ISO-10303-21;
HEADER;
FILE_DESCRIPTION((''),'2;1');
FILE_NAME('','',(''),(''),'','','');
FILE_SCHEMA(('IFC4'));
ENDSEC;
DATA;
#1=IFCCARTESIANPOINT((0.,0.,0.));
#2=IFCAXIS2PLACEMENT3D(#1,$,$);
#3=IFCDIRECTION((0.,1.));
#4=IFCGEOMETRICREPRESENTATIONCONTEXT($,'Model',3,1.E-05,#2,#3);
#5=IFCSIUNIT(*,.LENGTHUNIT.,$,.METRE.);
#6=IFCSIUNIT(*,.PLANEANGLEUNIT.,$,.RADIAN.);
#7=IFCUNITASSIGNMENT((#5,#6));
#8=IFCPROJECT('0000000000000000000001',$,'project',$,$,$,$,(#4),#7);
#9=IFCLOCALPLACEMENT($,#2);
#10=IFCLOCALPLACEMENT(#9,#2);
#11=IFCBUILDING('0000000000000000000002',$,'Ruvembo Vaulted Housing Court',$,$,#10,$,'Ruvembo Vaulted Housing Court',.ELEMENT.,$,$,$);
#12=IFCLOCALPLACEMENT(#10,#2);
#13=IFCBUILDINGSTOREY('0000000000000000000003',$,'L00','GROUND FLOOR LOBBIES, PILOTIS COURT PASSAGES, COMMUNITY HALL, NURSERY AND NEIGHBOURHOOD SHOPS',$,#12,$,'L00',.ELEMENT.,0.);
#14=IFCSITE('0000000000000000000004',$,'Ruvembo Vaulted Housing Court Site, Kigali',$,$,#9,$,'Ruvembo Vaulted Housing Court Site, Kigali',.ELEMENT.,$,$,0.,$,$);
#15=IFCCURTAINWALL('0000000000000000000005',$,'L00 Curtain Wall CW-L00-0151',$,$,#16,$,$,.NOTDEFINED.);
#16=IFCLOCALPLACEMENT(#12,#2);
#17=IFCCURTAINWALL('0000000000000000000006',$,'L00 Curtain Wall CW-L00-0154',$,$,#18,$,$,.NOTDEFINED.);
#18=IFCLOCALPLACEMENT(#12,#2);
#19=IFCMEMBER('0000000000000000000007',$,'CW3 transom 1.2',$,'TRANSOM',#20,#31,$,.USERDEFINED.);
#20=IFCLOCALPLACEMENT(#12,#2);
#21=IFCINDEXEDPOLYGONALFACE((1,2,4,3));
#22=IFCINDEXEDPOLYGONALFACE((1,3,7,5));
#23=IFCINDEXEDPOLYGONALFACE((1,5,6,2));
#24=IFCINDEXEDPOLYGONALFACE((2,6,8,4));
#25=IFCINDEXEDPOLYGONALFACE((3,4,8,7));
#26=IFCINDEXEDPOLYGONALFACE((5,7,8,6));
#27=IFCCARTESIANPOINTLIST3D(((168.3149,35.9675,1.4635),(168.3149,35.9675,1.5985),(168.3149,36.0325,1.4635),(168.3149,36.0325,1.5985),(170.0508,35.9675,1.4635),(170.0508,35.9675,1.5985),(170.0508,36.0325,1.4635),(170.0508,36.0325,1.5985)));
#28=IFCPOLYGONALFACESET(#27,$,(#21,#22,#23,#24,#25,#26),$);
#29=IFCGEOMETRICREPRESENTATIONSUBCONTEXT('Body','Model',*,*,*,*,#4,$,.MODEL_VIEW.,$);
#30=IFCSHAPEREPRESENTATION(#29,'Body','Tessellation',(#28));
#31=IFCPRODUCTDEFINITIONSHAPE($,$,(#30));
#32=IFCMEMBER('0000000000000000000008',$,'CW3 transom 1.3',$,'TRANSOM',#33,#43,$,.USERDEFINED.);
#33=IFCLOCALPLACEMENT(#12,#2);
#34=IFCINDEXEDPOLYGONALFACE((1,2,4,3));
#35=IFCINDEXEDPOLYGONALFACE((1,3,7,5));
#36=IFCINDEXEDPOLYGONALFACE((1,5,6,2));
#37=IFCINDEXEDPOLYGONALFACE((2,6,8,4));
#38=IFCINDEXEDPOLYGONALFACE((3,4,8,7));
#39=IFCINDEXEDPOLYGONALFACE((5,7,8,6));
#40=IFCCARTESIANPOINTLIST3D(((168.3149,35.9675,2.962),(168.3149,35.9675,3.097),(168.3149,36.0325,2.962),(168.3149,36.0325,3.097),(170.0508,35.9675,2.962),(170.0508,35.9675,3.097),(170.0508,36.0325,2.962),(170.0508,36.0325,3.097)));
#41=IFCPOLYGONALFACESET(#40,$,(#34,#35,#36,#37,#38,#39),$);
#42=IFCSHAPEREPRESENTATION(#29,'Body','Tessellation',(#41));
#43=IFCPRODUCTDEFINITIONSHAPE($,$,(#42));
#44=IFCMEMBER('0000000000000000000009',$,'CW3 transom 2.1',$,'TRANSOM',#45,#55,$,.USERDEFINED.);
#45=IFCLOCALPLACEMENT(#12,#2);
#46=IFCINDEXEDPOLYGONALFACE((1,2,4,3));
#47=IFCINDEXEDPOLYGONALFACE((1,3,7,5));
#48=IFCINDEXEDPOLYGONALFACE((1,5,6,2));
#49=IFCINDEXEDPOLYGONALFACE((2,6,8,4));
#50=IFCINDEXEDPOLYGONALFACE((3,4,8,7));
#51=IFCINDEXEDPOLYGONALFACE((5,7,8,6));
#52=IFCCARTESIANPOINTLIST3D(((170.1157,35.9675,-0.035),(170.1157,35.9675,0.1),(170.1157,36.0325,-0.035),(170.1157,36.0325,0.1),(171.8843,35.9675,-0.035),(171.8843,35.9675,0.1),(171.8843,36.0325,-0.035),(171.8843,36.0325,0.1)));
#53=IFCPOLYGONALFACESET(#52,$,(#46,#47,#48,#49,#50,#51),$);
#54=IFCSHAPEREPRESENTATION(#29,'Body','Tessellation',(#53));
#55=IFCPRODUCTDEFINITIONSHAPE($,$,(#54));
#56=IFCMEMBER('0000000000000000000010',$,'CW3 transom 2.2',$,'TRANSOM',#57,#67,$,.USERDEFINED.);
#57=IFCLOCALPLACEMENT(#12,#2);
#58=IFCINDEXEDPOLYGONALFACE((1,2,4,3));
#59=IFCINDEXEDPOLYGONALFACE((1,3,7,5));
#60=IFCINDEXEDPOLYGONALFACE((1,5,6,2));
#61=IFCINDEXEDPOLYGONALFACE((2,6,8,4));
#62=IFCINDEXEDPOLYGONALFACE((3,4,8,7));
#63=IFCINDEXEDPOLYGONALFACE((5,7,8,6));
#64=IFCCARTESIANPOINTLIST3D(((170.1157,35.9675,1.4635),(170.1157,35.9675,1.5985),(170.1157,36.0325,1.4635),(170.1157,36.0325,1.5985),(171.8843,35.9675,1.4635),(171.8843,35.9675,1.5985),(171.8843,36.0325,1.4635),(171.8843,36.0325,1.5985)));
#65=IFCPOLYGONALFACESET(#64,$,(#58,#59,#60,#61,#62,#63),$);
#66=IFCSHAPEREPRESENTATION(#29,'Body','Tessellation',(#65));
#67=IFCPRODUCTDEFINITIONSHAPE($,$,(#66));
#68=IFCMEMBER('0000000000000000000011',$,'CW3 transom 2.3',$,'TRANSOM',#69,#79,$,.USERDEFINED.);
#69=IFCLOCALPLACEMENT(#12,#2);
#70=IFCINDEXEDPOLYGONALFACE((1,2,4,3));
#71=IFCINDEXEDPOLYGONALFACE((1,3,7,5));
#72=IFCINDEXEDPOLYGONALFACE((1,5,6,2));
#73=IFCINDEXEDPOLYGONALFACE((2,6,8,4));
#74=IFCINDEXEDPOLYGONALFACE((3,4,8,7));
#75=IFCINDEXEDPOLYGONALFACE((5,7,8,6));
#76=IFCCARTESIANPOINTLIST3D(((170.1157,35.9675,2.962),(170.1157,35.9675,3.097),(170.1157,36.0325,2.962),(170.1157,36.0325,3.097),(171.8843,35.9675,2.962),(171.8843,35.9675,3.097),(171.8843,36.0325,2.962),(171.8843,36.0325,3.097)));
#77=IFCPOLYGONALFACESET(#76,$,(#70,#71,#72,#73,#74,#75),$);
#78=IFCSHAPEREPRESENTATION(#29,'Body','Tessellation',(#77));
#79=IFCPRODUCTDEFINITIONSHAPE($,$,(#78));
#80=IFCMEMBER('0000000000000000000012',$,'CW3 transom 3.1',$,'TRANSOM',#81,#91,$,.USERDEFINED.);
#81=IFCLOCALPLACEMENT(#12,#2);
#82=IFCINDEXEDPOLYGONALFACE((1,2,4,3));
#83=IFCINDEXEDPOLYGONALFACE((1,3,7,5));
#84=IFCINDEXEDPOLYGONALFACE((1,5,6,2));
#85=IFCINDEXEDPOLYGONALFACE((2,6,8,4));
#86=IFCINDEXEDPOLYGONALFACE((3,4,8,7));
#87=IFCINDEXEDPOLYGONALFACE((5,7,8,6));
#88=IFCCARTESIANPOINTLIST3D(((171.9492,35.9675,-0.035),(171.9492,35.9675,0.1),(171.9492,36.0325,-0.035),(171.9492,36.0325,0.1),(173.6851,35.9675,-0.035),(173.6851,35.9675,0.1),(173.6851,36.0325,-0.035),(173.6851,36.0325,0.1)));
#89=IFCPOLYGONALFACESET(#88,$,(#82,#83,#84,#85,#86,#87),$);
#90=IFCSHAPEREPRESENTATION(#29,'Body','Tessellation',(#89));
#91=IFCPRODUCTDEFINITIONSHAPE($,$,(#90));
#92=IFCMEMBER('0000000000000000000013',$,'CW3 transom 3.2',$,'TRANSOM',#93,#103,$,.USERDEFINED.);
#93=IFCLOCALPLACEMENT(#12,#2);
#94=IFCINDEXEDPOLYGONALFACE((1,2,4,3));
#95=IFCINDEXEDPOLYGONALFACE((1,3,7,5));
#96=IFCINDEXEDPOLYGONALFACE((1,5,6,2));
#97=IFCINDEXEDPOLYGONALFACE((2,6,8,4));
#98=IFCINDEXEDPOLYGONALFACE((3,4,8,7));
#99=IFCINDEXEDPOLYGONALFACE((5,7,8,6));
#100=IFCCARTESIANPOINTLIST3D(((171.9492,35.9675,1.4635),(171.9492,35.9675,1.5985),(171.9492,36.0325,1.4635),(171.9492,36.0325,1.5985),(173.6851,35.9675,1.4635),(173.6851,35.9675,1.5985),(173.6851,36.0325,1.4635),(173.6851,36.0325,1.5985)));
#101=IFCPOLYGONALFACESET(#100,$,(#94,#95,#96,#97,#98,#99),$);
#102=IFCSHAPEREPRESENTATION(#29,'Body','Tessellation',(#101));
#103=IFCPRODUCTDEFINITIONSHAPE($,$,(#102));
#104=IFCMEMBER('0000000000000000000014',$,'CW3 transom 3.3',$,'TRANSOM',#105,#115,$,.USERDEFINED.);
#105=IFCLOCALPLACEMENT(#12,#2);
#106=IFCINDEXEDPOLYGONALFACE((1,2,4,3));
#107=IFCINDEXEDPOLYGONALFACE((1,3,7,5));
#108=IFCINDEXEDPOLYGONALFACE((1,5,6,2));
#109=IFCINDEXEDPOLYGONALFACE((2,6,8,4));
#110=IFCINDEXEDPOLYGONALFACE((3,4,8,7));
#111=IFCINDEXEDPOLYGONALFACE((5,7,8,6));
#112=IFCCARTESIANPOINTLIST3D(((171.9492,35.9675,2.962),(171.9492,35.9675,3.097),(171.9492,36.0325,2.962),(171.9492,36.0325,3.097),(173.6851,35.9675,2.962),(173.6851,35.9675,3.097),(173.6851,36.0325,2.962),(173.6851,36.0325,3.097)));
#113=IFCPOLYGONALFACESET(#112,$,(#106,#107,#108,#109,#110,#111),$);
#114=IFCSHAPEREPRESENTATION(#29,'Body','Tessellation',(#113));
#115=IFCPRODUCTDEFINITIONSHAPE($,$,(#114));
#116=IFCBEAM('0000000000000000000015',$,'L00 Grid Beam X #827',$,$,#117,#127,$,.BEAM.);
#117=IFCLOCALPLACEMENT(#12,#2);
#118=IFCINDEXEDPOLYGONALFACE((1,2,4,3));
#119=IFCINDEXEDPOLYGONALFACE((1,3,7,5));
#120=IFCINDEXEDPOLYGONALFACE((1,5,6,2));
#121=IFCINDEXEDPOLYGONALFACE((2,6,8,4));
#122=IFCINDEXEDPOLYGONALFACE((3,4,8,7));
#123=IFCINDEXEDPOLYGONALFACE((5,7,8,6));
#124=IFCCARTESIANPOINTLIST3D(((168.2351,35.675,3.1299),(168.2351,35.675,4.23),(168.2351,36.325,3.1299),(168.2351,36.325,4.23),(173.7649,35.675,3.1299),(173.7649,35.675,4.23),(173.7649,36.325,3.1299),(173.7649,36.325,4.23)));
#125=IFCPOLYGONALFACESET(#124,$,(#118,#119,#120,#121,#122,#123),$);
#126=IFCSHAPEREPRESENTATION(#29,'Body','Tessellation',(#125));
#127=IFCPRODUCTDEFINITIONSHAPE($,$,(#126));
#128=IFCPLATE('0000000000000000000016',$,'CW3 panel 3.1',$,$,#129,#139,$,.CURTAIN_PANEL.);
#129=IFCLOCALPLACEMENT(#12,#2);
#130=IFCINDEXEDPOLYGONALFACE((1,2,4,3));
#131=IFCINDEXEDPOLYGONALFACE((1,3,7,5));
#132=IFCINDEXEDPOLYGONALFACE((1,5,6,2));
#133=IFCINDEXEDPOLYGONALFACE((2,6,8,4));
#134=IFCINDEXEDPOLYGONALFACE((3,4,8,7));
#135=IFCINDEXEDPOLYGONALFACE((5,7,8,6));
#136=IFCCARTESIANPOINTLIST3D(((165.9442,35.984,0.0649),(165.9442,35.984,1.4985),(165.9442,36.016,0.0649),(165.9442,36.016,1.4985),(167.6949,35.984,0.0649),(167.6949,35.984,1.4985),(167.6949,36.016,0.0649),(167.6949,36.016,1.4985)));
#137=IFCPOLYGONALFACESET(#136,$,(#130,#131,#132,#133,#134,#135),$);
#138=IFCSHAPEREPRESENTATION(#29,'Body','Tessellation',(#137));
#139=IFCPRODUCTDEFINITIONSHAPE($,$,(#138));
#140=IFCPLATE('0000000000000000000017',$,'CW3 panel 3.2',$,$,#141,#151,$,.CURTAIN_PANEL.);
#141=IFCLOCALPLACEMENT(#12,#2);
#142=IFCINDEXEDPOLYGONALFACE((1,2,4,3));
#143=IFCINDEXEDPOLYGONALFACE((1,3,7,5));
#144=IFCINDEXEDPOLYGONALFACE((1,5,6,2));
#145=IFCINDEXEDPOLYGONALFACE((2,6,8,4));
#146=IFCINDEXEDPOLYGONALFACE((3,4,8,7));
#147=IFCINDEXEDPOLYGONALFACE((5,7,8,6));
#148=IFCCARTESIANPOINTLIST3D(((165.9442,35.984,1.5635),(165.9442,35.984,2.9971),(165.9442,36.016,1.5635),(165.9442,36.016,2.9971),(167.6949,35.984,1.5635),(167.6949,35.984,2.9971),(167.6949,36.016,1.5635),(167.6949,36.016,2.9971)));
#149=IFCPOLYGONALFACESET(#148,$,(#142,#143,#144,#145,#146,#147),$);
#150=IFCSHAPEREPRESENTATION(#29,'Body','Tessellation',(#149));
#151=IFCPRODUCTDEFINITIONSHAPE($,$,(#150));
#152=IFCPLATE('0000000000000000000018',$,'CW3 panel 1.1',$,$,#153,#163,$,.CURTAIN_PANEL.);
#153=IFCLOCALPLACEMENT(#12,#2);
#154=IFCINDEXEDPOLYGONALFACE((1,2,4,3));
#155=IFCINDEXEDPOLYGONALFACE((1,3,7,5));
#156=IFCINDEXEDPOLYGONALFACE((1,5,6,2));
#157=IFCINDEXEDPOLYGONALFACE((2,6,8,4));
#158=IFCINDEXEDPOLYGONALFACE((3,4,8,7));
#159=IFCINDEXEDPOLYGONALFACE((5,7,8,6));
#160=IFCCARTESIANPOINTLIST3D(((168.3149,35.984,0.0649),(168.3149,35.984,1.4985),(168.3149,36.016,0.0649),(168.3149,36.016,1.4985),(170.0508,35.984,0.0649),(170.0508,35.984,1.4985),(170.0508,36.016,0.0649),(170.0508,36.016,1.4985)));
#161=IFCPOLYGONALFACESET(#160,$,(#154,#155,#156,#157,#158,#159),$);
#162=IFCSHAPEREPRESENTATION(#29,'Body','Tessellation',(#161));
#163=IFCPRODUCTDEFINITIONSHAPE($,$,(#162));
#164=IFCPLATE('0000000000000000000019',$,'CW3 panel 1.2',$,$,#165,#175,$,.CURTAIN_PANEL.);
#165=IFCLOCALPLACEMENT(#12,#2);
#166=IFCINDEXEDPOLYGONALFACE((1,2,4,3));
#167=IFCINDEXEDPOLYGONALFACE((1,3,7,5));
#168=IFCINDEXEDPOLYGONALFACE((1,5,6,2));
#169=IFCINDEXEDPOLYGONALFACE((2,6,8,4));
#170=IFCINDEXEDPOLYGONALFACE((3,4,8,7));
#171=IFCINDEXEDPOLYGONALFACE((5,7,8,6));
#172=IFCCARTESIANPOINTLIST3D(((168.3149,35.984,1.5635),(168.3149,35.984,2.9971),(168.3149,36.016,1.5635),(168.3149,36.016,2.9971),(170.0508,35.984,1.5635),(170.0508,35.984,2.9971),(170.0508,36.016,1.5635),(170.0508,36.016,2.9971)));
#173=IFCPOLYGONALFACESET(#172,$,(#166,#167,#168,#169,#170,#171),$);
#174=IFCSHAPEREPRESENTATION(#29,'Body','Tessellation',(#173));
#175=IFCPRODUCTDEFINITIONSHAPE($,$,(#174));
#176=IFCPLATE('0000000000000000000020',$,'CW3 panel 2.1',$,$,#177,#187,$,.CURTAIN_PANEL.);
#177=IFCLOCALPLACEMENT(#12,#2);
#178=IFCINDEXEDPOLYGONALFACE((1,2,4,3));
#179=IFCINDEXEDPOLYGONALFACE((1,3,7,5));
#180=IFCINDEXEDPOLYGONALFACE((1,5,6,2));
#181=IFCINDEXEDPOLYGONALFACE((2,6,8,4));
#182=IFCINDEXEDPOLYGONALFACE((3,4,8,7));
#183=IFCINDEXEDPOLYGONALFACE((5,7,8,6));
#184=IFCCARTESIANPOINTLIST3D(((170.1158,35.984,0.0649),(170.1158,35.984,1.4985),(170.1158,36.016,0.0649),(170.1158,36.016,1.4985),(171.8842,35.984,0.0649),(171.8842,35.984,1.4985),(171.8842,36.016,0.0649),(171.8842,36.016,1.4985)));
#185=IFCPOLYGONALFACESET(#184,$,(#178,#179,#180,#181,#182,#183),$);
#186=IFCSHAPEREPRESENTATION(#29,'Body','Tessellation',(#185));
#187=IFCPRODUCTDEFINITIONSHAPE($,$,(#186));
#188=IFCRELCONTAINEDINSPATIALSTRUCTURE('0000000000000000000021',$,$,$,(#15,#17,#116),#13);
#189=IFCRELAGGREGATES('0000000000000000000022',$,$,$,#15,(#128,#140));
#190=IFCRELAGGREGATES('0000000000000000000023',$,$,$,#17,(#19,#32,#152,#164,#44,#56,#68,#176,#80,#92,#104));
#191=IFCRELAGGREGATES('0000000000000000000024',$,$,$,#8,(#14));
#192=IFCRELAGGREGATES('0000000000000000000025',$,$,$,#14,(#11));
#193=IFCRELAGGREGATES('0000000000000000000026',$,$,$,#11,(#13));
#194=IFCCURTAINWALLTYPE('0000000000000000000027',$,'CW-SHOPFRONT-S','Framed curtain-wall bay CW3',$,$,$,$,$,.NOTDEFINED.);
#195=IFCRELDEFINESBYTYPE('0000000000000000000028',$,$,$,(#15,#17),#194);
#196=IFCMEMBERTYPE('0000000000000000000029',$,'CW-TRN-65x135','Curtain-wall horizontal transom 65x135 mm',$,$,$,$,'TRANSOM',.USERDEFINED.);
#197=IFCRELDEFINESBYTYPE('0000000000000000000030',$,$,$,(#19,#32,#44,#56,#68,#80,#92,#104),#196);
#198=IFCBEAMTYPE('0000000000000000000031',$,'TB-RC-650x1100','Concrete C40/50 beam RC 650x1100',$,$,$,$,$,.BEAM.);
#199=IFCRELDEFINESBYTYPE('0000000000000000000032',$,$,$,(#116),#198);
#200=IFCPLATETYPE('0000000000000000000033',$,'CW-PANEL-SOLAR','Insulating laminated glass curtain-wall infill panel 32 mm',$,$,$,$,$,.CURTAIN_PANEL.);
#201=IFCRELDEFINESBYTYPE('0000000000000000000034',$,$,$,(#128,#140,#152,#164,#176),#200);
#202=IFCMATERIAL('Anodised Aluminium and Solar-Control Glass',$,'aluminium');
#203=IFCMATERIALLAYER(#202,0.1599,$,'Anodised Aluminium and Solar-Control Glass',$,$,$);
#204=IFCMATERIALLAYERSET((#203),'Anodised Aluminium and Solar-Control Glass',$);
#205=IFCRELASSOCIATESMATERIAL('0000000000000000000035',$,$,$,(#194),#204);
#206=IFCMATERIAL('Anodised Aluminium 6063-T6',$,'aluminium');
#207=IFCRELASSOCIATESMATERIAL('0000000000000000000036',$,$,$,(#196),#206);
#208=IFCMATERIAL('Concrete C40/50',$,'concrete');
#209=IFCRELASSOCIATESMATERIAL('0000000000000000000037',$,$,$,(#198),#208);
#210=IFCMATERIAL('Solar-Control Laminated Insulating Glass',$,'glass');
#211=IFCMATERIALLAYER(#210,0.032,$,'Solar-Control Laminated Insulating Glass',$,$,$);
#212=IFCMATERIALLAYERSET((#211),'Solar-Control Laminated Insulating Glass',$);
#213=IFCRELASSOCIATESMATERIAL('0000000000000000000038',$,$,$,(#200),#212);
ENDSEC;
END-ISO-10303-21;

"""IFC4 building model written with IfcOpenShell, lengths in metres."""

from ifc_helpers import new_model, si_unit, direction, frame, origin, origin_2d, place, context, subcontext, project, spatial, rectangle, extrude, material, layer, layer_set, material_profile, profile_set, type_object, element, aggregate, save


model = new_model("IFC4")

# Units and contexts
model_context = context("Model", 3, precision=1e-05, world=origin(), true_north=direction((0.0, 1.0)))
body_context = subcontext(model_context, "Body", "Model", "MODEL_VIEW")
ifc_project = project(units=[si_unit("LENGTHUNIT", "METRE"), si_unit("PLANEANGLEUNIT", "RADIAN")], contexts=[model_context])

# Site, building, storey
site_placement = place(None, origin())
site = spatial("IfcSite", under=ifc_project, at=site_placement, Name="Ruvembo Vaulted Housing Court Site, Kigali", LongName="Ruvembo Vaulted Housing Court Site, Kigali", CompositionType="ELEMENT", RefElevation=0.0)
building_placement = place(site_placement, origin())
building = spatial("IfcBuilding", under=site, at=building_placement, Name="Ruvembo Vaulted Housing Court", LongName="Ruvembo Vaulted Housing Court", CompositionType="ELEMENT")
storey_placement = place(building_placement, origin())
storey = spatial("IfcBuildingStorey", under=building, at=storey_placement, Name="L00", Description="GROUND FLOOR LOBBIES, PILOTIS COURT PASSAGES, COMMUNITY HALL, NURSERY AND NEIGHBOURHOOD SHOPS", LongName="L00", CompositionType="ELEMENT", Elevation=0.0)

# Curtain wall
ifc_material_1 = material(Name="Anodised Aluminium and Solar-Control Glass", Category="aluminium")
ifc_layer_1 = layer(ifc_material_1, 0.1599, Name="Anodised Aluminium and Solar-Control Glass")
ifc_layer_set_1 = layer_set([ifc_layer_1], Name="Anodised Aluminium and Solar-Control Glass")
curtain_wall_type = type_object("IfcCurtainWallType", Name="CW-SHOPFRONT-S", Description="Framed curtain-wall bay CW3", PredefinedType="NOTDEFINED", material=ifc_layer_set_1)
curtain_wall_1_placement = place(storey_placement, origin())
curtain_wall_1 = element("IfcCurtainWall", 1, at=curtain_wall_1_placement, inside=storey, type_object=curtain_wall_type, Name="L00 Curtain Wall CW-L00-0151", PredefinedType="NOTDEFINED")
ifc_material_2 = material(Name="Anodised Aluminium 6063-T6", Category="aluminium")

# Curtain wall
curtain_wall_2_placement = place(storey_placement, origin())
curtain_wall_2 = element("IfcCurtainWall", 2, at=curtain_wall_2_placement, inside=storey, type_object=curtain_wall_type, Name="L00 Curtain Wall CW-L00-0154", PredefinedType="NOTDEFINED")

# Members
ifc_material_profile_1 = material_profile(ifc_material_2, rectangle(XDim=0.0649, YDim=0.135, at=origin_2d()), Name="ALU 65x135")
ifc_profile_set_1 = profile_set([ifc_material_profile_1], Name="Anodised Aluminium 6063-T6")
member_type_1 = type_object("IfcMemberType", Name="CW-TRN-65x135", Description="Curtain-wall horizontal transom 65x135 mm", ElementType="TRANSOM", PredefinedType="USERDEFINED", material=ifc_profile_set_1)
member_1_placement = place(storey_placement, frame((168.3149, 36.0, 1.531), z_axis=(1.0, 0.0, 0.0), x_axis=(0.0, 1.0, 0.0)))
member_1 = element("IfcMember", 3, at=member_1_placement, type_object=member_type_1, Name="CW3 transom 1.2", ObjectType="TRANSOM", PredefinedType="USERDEFINED", context=body_context, shape_type="SweptSolid", body=[
    extrude(rectangle(XDim=0.0649, YDim=0.135, at=origin_2d()), origin(), (0.0, 0.0, 1.0), 1.7358),
])
member_2_placement = place(storey_placement, frame((168.3149, 36.0, 3.0295), z_axis=(1.0, 0.0, 0.0), x_axis=(0.0, 1.0, 0.0)))
member_2 = element("IfcMember", 4, at=member_2_placement, type_object=member_type_1, Name="CW3 transom 1.3", ObjectType="TRANSOM", PredefinedType="USERDEFINED", context=body_context, shape_type="SweptSolid", body=[
    extrude(rectangle(XDim=0.0649, YDim=0.135, at=origin_2d()), origin(), (0.0, 0.0, 1.0), 1.7358),
])
member_3_placement = place(storey_placement, frame((170.1157, 36.0, 0.0325), z_axis=(1.0, 0.0, 0.0), x_axis=(0.0, 1.0, 0.0)))
member_3 = element("IfcMember", 5, at=member_3_placement, type_object=member_type_1, Name="CW3 transom 2.1", ObjectType="TRANSOM", PredefinedType="USERDEFINED", context=body_context, shape_type="SweptSolid", body=[
    extrude(rectangle(XDim=0.0649, YDim=0.135, at=origin_2d()), origin(), (0.0, 0.0, 1.0), 1.7686),
])
member_4_placement = place(storey_placement, frame((170.1157, 36.0, 1.531), z_axis=(1.0, 0.0, 0.0), x_axis=(0.0, 1.0, 0.0)))
member_4 = element("IfcMember", 6, at=member_4_placement, type_object=member_type_1, Name="CW3 transom 2.2", ObjectType="TRANSOM", PredefinedType="USERDEFINED", context=body_context, shape_type="SweptSolid", body=[
    extrude(rectangle(XDim=0.0649, YDim=0.135, at=origin_2d()), origin(), (0.0, 0.0, 1.0), 1.7686),
])
member_5_placement = place(storey_placement, frame((170.1157, 36.0, 3.0295), z_axis=(1.0, 0.0, 0.0), x_axis=(0.0, 1.0, 0.0)))
member_5 = element("IfcMember", 7, at=member_5_placement, type_object=member_type_1, Name="CW3 transom 2.3", ObjectType="TRANSOM", PredefinedType="USERDEFINED", context=body_context, shape_type="SweptSolid", body=[
    extrude(rectangle(XDim=0.0649, YDim=0.135, at=origin_2d()), origin(), (0.0, 0.0, 1.0), 1.7686),
])
member_6_placement = place(storey_placement, frame((171.9492, 36.0, 0.0325), z_axis=(1.0, 0.0, 0.0), x_axis=(0.0, 1.0, 0.0)))
member_6 = element("IfcMember", 8, at=member_6_placement, type_object=member_type_1, Name="CW3 transom 3.1", ObjectType="TRANSOM", PredefinedType="USERDEFINED", context=body_context, shape_type="SweptSolid", body=[
    extrude(rectangle(XDim=0.0649, YDim=0.135, at=origin_2d()), origin(), (0.0, 0.0, 1.0), 1.7358),
])
member_7_placement = place(storey_placement, frame((171.9492, 36.0, 1.531), z_axis=(1.0, 0.0, 0.0), x_axis=(0.0, 1.0, 0.0)))
member_7 = element("IfcMember", 9, at=member_7_placement, type_object=member_type_1, Name="CW3 transom 3.2", ObjectType="TRANSOM", PredefinedType="USERDEFINED", context=body_context, shape_type="SweptSolid", body=[
    extrude(rectangle(XDim=0.0649, YDim=0.135, at=origin_2d()), origin(), (0.0, 0.0, 1.0), 1.7358),
])
member_8_placement = place(storey_placement, frame((171.9492, 36.0, 3.0295), z_axis=(1.0, 0.0, 0.0), x_axis=(0.0, 1.0, 0.0)))
member_8 = element("IfcMember", 10, at=member_8_placement, type_object=member_type_1, Name="CW3 transom 3.3", ObjectType="TRANSOM", PredefinedType="USERDEFINED", context=body_context, shape_type="SweptSolid", body=[
    extrude(rectangle(XDim=0.0649, YDim=0.135, at=origin_2d()), origin(), (0.0, 0.0, 1.0), 1.7358),
])

# Beam
ifc_material_3 = material(Name="Concrete C40/50", Category="concrete")
ifc_material_profile_2 = material_profile(ifc_material_3, rectangle(XDim=0.6499, YDim=1.1001, at=origin_2d()), Name="RC 650x1100")
ifc_profile_set_2 = profile_set([ifc_material_profile_2], Name="Concrete C40/50")
beam_type_1 = type_object("IfcBeamType", Name="TB-RC-650x1100", Description="Concrete C40/50 beam RC 650x1100", PredefinedType="BEAM", material=ifc_profile_set_2)
beam_1_placement = place(storey_placement, frame((168.2351, 36.0, 3.6799), z_axis=(1.0, 0.0, 0.0), x_axis=(0.0, 1.0, 0.0)))
element("IfcBeam", 11, at=beam_1_placement, inside=storey, type_object=beam_type_1, Name="L00 Grid Beam X #827", PredefinedType="BEAM", context=body_context, shape_type="SweptSolid", body=[
    extrude(rectangle(XDim=0.6499, YDim=1.1001, at=origin_2d()), origin(), (0.0, 0.0, 1.0), 5.5298),
])

# Plates
ifc_material_4 = material(Name="Solar-Control Laminated Insulating Glass", Category="glass")
ifc_layer_2 = layer(ifc_material_4, 0.032, Name="Solar-Control Laminated Insulating Glass")
ifc_layer_set_2 = layer_set([ifc_layer_2], Name="Solar-Control Laminated Insulating Glass")
plate_type = type_object("IfcPlateType", Name="CW-PANEL-SOLAR", Description="Insulating laminated glass curtain-wall infill panel 32 mm", PredefinedType="CURTAIN_PANEL", material=ifc_layer_set_2)
plate_1_placement = place(storey_placement, frame((166.8196, 36.0, 0.0649), z_axis=(0.0, 0.0, 1.0), x_axis=(1.0, 0.0, 0.0)))
plate_1 = element("IfcPlate", 12, at=plate_1_placement, type_object=plate_type, Name="CW3 panel 3.1", PredefinedType="CURTAIN_PANEL", context=body_context, shape_type="SweptSolid", body=[
    extrude(rectangle(XDim=1.7507, YDim=0.032, at=origin_2d()), origin(), (0.0, 0.0, 1.0), 1.4336),
])
plate_2_placement = place(storey_placement, frame((166.8196, 36.0, 1.5635), z_axis=(0.0, 0.0, 1.0), x_axis=(1.0, 0.0, 0.0)))
plate_2 = element("IfcPlate", 13, at=plate_2_placement, type_object=plate_type, Name="CW3 panel 3.2", PredefinedType="CURTAIN_PANEL", context=body_context, shape_type="SweptSolid", body=[
    extrude(rectangle(XDim=1.7507, YDim=0.032, at=origin_2d()), origin(), (0.0, 0.0, 1.0), 1.4336),
])
aggregate(curtain_wall_1, [plate_1, plate_2])
plate_3_placement = place(storey_placement, frame((169.1829, 36.0, 0.0649), z_axis=(0.0, 0.0, 1.0), x_axis=(1.0, 0.0, 0.0)))
plate_3 = element("IfcPlate", 14, at=plate_3_placement, type_object=plate_type, Name="CW3 panel 1.1", PredefinedType="CURTAIN_PANEL", context=body_context, shape_type="SweptSolid", body=[
    extrude(rectangle(XDim=1.7358, YDim=0.032, at=origin_2d()), origin(), (0.0, 0.0, 1.0), 1.4336),
])
plate_4_placement = place(storey_placement, frame((169.1829, 36.0, 1.5635), z_axis=(0.0, 0.0, 1.0), x_axis=(1.0, 0.0, 0.0)))
plate_4 = element("IfcPlate", 15, at=plate_4_placement, type_object=plate_type, Name="CW3 panel 1.2", PredefinedType="CURTAIN_PANEL", context=body_context, shape_type="SweptSolid", body=[
    extrude(rectangle(XDim=1.7358, YDim=0.032, at=origin_2d()), origin(), (0.0, 0.0, 1.0), 1.4336),
])
plate_5_placement = place(storey_placement, frame((171.0, 36.0, 0.0649), z_axis=(0.0, 0.0, 1.0), x_axis=(1.0, 0.0, 0.0)))
plate_5 = element("IfcPlate", 16, at=plate_5_placement, type_object=plate_type, Name="CW3 panel 2.1", PredefinedType="CURTAIN_PANEL", context=body_context, shape_type="SweptSolid", body=[
    extrude(rectangle(XDim=1.7683, YDim=0.032, at=origin_2d()), origin(), (0.0, 0.0, 1.0), 1.4336),
])
aggregate(curtain_wall_2, [member_1, member_2, plate_3, plate_4, member_3, member_4, member_5, plate_5, member_6, member_7, member_8])

save(model, "model.ifc")
